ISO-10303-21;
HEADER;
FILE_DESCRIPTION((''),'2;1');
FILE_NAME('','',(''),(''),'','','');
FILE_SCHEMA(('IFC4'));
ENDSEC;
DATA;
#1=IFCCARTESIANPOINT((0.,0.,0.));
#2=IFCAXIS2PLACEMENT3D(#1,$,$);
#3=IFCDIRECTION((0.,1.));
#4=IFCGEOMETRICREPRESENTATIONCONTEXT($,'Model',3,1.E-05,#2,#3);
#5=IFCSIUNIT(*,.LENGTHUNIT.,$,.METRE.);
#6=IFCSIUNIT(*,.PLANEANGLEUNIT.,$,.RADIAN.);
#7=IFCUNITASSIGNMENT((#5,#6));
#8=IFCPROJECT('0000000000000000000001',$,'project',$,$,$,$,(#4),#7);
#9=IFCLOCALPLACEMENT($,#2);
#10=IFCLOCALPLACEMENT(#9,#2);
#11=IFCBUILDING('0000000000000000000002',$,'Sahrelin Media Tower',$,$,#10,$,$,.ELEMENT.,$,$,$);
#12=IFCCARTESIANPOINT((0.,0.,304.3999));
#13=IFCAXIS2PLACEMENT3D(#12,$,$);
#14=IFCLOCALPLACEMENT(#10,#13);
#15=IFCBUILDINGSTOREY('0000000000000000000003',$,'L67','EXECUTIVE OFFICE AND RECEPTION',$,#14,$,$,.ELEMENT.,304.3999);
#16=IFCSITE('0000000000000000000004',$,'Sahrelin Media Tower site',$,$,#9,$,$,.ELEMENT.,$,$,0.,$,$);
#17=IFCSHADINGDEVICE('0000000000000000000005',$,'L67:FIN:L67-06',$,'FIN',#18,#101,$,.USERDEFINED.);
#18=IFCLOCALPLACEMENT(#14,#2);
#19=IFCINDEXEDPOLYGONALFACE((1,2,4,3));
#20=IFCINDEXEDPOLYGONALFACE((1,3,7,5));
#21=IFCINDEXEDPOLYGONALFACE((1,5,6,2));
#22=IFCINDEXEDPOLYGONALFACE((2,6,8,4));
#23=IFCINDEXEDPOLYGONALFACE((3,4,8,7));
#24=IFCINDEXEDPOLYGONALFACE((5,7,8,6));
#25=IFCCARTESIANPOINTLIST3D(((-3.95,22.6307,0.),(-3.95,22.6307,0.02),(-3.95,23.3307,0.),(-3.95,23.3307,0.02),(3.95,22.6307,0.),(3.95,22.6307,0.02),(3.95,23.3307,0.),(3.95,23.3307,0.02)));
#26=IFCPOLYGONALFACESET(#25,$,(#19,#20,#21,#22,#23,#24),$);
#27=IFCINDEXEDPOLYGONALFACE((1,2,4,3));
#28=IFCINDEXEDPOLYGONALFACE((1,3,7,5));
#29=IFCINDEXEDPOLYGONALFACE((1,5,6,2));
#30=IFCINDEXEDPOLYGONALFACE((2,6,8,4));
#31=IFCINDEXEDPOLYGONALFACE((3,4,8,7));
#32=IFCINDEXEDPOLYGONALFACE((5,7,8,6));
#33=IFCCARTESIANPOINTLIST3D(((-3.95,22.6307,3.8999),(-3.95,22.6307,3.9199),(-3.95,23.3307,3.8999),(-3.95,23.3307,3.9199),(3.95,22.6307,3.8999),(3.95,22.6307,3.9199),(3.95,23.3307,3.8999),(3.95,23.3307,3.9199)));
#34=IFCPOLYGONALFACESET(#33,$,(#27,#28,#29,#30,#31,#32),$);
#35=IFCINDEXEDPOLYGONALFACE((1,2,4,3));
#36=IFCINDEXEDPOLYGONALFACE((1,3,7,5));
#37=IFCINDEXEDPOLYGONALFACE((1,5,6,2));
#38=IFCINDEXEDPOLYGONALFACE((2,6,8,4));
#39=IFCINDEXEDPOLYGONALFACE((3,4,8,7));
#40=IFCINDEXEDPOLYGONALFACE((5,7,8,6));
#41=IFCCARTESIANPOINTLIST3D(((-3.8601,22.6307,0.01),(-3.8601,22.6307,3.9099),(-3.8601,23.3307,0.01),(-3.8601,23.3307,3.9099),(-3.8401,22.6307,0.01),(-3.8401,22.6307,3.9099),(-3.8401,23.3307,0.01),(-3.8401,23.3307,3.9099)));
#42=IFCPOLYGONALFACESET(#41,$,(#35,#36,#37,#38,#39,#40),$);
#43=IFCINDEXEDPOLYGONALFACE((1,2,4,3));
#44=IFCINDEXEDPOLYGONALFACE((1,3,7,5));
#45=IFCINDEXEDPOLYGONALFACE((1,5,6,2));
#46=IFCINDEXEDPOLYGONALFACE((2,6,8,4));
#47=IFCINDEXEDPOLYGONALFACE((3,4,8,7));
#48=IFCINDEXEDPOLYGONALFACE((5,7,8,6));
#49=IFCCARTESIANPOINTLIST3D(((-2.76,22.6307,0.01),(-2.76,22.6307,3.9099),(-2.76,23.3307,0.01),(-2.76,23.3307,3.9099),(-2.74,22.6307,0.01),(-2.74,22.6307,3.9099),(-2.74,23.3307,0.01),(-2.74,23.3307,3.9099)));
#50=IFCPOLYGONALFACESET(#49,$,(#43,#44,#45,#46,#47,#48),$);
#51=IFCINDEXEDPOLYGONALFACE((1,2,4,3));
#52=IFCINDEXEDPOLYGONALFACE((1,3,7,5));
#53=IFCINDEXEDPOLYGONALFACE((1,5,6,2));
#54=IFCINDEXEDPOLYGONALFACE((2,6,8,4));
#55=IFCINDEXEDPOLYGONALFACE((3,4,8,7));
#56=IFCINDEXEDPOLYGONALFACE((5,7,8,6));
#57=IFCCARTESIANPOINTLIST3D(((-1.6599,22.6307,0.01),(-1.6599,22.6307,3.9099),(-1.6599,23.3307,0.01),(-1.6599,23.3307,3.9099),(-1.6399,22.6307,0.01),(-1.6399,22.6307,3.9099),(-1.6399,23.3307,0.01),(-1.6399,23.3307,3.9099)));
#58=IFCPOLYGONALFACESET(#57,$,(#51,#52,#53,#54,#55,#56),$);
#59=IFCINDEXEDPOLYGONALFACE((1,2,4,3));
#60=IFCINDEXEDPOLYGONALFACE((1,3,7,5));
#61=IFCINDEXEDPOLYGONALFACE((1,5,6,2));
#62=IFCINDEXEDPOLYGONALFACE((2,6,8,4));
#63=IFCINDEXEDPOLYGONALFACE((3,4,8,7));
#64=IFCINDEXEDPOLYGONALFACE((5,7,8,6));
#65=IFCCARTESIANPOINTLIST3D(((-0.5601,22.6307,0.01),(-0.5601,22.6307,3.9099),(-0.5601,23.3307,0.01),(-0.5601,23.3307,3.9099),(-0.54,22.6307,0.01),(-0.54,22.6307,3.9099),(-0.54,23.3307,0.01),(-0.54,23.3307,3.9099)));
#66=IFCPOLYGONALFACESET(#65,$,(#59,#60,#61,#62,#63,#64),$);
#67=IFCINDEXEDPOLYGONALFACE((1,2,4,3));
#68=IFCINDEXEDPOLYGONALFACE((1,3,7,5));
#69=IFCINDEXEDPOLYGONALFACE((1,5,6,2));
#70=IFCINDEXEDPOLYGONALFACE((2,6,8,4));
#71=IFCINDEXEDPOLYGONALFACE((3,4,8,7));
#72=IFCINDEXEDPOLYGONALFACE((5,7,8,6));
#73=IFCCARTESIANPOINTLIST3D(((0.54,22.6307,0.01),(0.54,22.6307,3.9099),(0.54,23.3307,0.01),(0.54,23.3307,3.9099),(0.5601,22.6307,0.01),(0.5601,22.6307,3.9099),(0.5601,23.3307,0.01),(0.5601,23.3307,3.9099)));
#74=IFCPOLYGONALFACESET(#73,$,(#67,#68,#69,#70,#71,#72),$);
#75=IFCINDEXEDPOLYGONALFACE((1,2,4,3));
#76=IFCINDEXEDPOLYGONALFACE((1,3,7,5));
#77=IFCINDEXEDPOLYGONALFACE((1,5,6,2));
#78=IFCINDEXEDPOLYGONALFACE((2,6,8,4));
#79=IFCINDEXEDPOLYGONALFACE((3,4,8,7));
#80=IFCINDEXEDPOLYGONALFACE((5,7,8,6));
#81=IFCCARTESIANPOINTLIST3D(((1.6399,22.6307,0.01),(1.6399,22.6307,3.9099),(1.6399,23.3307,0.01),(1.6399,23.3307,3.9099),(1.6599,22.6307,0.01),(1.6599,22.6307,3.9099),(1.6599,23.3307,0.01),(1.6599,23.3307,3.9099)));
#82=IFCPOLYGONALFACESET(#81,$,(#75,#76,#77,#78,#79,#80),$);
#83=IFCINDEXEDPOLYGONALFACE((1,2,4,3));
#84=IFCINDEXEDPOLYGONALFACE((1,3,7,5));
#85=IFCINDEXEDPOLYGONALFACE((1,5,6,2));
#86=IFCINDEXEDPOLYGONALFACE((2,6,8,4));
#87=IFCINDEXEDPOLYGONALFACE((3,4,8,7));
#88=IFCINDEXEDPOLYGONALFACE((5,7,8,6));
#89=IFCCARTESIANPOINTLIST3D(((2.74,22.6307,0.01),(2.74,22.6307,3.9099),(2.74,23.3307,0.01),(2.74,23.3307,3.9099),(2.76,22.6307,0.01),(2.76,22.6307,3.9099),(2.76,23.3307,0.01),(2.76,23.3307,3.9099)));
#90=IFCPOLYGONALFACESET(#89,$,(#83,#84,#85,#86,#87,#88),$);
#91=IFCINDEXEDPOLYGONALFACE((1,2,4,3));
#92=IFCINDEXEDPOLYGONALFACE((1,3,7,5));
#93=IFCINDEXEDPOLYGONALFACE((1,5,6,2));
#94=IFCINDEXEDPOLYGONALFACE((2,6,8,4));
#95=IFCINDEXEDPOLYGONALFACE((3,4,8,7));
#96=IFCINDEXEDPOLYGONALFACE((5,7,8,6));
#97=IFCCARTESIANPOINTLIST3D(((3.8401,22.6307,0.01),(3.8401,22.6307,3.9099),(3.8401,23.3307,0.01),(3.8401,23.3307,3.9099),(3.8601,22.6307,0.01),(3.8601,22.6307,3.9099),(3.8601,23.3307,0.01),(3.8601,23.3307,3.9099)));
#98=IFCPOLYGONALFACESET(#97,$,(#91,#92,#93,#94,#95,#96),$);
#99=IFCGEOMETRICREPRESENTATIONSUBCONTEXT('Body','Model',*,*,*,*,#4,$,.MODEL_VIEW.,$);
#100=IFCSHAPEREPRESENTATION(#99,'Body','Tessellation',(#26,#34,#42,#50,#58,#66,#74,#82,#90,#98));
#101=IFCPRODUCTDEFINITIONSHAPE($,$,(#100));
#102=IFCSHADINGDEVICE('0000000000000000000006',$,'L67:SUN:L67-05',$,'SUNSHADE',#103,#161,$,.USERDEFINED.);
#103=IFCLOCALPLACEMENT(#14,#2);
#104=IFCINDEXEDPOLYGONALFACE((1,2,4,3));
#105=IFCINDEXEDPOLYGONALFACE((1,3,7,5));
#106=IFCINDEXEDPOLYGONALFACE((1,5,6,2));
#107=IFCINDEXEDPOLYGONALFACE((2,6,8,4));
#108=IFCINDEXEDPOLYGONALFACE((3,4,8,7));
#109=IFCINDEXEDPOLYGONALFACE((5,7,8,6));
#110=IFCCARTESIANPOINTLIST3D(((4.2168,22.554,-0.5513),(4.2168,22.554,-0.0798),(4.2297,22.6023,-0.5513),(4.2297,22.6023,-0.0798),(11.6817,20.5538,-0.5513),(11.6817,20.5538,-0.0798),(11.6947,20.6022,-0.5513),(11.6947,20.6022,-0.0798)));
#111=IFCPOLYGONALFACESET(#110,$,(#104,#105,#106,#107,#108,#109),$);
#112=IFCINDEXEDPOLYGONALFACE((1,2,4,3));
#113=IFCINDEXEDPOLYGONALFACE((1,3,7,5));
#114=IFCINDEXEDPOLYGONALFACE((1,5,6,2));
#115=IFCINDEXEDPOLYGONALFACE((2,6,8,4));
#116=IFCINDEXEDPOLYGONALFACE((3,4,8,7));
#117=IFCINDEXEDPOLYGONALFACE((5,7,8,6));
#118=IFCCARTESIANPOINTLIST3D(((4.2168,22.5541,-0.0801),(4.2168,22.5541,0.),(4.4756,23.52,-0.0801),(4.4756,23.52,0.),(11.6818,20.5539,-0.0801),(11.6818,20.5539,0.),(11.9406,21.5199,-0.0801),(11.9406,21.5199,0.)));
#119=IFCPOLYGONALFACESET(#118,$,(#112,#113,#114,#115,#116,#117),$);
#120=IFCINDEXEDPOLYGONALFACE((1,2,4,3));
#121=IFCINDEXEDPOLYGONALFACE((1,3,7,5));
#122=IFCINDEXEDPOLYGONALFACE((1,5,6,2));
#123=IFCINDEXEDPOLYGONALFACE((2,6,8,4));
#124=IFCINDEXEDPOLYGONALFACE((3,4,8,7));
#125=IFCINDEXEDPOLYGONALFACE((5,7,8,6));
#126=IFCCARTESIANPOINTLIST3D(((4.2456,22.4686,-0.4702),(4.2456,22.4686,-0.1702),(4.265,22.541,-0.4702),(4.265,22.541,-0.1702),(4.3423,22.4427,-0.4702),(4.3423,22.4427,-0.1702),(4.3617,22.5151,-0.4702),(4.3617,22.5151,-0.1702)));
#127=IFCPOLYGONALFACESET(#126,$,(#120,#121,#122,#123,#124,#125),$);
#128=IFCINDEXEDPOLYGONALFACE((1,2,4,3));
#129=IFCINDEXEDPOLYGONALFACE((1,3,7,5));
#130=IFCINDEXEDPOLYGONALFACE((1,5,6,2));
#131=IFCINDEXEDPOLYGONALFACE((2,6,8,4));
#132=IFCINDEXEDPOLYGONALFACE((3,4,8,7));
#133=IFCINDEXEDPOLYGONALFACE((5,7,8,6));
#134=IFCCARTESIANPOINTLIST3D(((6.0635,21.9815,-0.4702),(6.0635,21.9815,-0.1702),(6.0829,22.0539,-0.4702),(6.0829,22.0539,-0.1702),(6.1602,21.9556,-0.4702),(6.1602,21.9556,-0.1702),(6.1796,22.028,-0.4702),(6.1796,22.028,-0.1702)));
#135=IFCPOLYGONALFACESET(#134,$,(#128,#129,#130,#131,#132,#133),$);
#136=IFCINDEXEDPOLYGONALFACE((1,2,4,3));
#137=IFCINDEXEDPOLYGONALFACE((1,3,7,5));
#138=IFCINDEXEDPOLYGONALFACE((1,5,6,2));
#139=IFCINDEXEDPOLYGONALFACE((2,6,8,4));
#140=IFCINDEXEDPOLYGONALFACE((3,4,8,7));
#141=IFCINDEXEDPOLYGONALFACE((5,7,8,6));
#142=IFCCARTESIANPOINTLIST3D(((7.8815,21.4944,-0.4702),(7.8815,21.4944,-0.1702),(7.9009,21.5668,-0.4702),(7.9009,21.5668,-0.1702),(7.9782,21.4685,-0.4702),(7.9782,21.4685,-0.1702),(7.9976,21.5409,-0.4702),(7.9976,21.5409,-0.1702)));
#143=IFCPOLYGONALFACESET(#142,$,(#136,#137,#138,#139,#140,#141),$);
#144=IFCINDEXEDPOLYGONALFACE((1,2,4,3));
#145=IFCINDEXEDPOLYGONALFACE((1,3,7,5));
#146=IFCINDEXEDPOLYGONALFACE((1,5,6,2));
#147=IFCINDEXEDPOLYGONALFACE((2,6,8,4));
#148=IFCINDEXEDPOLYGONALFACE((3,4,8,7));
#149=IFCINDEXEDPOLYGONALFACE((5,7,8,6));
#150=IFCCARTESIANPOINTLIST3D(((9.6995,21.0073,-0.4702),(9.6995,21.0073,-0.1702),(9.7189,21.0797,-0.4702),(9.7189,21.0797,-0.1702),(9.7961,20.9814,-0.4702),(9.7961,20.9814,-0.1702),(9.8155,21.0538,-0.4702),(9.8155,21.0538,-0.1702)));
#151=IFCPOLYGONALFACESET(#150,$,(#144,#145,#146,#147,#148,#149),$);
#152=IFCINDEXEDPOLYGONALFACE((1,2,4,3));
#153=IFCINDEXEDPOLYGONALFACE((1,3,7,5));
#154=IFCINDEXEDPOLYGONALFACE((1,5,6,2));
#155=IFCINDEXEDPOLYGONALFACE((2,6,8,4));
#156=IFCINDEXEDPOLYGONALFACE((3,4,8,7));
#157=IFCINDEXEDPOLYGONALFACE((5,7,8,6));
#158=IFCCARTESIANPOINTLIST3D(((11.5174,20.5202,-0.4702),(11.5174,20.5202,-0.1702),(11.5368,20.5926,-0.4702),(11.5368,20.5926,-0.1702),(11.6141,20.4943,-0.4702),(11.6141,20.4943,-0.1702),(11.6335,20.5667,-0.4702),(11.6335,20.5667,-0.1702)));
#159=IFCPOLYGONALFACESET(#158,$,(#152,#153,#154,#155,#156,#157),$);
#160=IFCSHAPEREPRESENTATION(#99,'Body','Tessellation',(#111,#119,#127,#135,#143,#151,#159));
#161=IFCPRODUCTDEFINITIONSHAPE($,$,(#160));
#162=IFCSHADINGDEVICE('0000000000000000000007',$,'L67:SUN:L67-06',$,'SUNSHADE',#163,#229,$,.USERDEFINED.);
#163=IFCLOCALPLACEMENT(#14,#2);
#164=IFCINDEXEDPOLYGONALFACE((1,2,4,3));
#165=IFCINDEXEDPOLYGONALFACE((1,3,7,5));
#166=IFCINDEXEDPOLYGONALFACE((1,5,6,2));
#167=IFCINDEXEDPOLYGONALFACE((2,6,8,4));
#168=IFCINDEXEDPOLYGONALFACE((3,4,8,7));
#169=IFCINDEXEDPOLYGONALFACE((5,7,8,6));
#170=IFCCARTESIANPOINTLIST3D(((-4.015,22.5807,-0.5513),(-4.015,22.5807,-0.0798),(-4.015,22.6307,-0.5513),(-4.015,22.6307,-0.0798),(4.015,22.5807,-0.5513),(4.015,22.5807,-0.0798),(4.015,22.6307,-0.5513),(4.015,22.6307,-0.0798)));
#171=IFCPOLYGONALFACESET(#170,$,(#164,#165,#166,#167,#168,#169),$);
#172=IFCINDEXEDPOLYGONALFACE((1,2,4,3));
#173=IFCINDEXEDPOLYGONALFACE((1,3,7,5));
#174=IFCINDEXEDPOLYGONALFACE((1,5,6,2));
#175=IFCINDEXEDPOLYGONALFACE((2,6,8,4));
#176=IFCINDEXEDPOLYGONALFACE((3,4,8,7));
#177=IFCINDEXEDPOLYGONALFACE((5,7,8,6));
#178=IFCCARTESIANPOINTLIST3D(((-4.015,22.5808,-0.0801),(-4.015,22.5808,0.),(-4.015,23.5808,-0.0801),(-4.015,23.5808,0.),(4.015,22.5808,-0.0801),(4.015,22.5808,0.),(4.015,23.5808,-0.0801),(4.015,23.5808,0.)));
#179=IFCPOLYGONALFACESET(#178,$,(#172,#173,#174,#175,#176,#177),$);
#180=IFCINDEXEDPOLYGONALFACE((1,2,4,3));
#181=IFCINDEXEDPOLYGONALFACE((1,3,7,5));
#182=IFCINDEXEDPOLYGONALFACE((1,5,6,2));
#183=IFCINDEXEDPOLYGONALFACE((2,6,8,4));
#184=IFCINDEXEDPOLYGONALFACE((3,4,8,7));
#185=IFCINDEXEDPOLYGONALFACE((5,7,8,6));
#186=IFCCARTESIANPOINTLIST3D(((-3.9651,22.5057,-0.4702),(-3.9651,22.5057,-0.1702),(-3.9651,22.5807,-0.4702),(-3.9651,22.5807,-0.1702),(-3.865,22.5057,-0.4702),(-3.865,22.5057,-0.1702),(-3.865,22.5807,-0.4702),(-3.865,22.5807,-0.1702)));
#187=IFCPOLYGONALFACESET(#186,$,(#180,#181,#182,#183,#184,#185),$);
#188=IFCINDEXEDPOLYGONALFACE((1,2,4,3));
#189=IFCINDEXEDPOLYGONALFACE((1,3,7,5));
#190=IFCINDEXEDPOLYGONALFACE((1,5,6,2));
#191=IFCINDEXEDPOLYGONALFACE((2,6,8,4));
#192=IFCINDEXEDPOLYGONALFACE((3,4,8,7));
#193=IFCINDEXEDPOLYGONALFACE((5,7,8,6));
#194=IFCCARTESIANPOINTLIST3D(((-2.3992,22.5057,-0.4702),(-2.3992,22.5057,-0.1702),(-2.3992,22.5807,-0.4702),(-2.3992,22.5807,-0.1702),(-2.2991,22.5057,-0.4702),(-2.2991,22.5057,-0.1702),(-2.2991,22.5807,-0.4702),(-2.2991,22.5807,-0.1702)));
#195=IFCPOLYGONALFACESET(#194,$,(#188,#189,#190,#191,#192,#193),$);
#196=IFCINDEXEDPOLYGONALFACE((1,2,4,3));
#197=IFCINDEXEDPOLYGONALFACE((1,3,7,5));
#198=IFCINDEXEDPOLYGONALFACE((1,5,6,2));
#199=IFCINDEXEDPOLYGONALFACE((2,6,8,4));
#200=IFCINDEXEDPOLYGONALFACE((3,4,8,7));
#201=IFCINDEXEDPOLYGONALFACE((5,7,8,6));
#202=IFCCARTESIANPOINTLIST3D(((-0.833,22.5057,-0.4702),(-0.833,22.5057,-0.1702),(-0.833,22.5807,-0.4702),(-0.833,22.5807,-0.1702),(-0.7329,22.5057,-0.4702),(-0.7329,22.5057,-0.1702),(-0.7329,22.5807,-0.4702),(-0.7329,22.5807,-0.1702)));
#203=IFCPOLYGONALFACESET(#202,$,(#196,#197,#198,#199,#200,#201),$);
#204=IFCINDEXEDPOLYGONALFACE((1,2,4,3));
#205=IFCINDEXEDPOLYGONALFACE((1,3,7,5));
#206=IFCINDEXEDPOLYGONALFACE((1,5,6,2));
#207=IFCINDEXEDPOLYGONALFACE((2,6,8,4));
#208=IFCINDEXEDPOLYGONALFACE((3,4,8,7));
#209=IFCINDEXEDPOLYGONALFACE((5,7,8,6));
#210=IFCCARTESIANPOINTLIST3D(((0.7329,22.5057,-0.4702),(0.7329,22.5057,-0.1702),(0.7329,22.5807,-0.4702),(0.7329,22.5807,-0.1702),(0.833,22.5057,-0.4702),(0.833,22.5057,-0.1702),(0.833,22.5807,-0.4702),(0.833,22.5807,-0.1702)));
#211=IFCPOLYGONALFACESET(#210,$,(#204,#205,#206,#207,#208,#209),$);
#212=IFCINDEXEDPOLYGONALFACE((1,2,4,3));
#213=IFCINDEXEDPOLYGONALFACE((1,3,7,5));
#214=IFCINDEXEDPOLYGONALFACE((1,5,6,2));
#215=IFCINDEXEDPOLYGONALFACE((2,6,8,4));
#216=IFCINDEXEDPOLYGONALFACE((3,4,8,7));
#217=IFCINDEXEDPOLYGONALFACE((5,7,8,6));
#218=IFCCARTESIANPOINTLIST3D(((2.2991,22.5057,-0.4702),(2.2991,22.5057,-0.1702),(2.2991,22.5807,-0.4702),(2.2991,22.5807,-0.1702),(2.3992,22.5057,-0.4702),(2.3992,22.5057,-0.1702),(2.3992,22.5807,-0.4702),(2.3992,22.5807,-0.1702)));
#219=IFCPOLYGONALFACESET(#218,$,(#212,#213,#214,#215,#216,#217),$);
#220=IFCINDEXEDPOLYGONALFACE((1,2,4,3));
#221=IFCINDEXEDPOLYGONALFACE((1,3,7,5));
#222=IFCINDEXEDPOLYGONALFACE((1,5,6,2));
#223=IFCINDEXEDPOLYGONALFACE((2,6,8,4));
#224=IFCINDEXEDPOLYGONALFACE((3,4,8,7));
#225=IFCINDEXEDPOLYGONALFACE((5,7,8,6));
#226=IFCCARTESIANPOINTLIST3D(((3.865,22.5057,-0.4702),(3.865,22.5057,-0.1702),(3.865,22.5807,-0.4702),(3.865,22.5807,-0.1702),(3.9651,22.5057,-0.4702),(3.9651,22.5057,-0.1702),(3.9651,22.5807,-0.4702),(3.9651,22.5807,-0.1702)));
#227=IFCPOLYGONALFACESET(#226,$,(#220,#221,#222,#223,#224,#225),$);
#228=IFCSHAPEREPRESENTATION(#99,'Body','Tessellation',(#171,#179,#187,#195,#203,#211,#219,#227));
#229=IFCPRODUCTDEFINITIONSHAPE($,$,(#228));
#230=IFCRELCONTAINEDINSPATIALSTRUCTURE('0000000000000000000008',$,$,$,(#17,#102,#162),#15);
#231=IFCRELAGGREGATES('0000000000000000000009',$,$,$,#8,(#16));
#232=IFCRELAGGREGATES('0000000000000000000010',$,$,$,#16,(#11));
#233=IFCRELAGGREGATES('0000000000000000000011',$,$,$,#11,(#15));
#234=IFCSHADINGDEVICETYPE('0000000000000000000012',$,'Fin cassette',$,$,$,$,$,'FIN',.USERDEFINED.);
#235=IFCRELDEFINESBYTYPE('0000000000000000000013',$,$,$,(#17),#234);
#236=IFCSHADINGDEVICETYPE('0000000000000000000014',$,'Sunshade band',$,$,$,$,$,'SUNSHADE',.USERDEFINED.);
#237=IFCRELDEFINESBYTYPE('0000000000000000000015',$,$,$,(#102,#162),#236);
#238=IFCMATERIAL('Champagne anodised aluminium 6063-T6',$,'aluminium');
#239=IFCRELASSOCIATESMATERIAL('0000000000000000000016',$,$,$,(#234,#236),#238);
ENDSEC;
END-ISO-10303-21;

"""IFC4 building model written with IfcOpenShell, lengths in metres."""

from ifc_helpers import new_model, si_unit, direction, frame, origin, origin_2d, place, context, subcontext, project, spatial, rectangle, extrude, material, type_object, element, save


model = new_model("IFC4")

# Units and contexts
model_context = context("Model", 3, precision=1e-05, world=origin(), true_north=direction((0.0, 1.0)))
body_context = subcontext(model_context, "Body", "Model", "MODEL_VIEW")
ifc_project = project(units=[si_unit("LENGTHUNIT", "METRE"), si_unit("PLANEANGLEUNIT", "RADIAN")], contexts=[model_context])

# Site, building, storey
site_placement = place(None, origin())
site = spatial("IfcSite", under=ifc_project, at=site_placement, Name="Sahrelin Media Tower site", CompositionType="ELEMENT", RefElevation=0.0)
building_placement = place(site_placement, origin())
building = spatial("IfcBuilding", under=site, at=building_placement, Name="Sahrelin Media Tower", CompositionType="ELEMENT")
storey_placement = place(building_placement, frame((0.0, 0.0, 304.3999)))
storey = spatial("IfcBuildingStorey", under=building, at=storey_placement, Name="L67", Description="EXECUTIVE OFFICE AND RECEPTION", CompositionType="ELEMENT", Elevation=304.3999)

# Shared definitions
ifc_material_1 = material(Name="Champagne anodised aluminium 6063-T6", Category="aluminium")
placement_1 = place(storey_placement, frame((0.0, 22.5608, 0.0), z_axis=(0.0, 0.0, 1.0), x_axis=(1.0, 0.0, 0.0)))

# Shading devices
shading_device_type_1 = type_object("IfcShadingDeviceType", Name="Fin cassette", ElementType="FIN", PredefinedType="USERDEFINED", material=ifc_material_1)
placement_2 = place(storey_placement, frame((7.9441, 21.5347, 0.0), z_axis=(0.0, 0.0, 1.0), x_axis=(0.965929, -0.258808, 0.0)))
element("IfcShadingDevice", 1, at=placement_1, inside=storey, type_object=shading_device_type_1, Name="L67:FIN:L67-06", ObjectType="FIN", PredefinedType="USERDEFINED", context=body_context, shape_type="SweptSolid", body=[
    extrude(rectangle(XDim=7.8999, YDim=0.7, at=origin_2d()), frame((0.0, 0.4199, 0.0)), (0.0, 0.0, 1.0), 0.02),
    extrude(rectangle(XDim=7.8999, YDim=0.7, at=origin_2d()), frame((0.0, 0.4199, 3.8999)), (0.0, 0.0, 1.0), 0.02),
    extrude(rectangle(XDim=0.02, YDim=0.7, at=origin_2d()), frame((-3.8501, 0.4199, 0.01), z_axis=(0.0, 0.0, 1.0), x_axis=(1.0, 0.0, 0.0)), (0.0, 0.0, 1.0), 3.8999),
    extrude(rectangle(XDim=0.02, YDim=0.7, at=origin_2d()), frame((-2.75, 0.4199, 0.01), z_axis=(0.0, 0.0, 1.0), x_axis=(1.0, 0.0, 0.0)), (0.0, 0.0, 1.0), 3.8999),
    extrude(rectangle(XDim=0.02, YDim=0.7, at=origin_2d()), frame((-1.6499, 0.4199, 0.01), z_axis=(0.0, 0.0, 1.0), x_axis=(1.0, 0.0, 0.0)), (0.0, 0.0, 1.0), 3.8999),
    extrude(rectangle(XDim=0.02, YDim=0.7, at=origin_2d()), frame((-0.55, 0.4199, 0.01), z_axis=(0.0, 0.0, 1.0), x_axis=(1.0, 0.0, 0.0)), (0.0, 0.0, 1.0), 3.8999),
    extrude(rectangle(XDim=0.02, YDim=0.7, at=origin_2d()), frame((0.55, 0.4199, 0.01), z_axis=(0.0, 0.0, 1.0), x_axis=(1.0, 0.0, 0.0)), (0.0, 0.0, 1.0), 3.8999),
    extrude(rectangle(XDim=0.02, YDim=0.7, at=origin_2d()), frame((1.6499, 0.4199, 0.01), z_axis=(0.0, 0.0, 1.0), x_axis=(1.0, 0.0, 0.0)), (0.0, 0.0, 1.0), 3.8999),
    extrude(rectangle(XDim=0.02, YDim=0.7, at=origin_2d()), frame((2.75, 0.4199, 0.01), z_axis=(0.0, 0.0, 1.0), x_axis=(1.0, 0.0, 0.0)), (0.0, 0.0, 1.0), 3.8999),
    extrude(rectangle(XDim=0.02, YDim=0.7, at=origin_2d()), frame((3.8501, 0.4199, 0.01), z_axis=(0.0, 0.0, 1.0), x_axis=(1.0, 0.0, 0.0)), (0.0, 0.0, 1.0), 3.8999),
])
shading_device_type_2 = type_object("IfcShadingDeviceType", Name="Sunshade band", ElementType="SUNSHADE", PredefinedType="USERDEFINED", material=ifc_material_1)
element("IfcShadingDevice", 2, at=placement_2, inside=storey, type_object=shading_device_type_2, Name="L67:SUN:L67-05", ObjectType="SUNSHADE", PredefinedType="USERDEFINED", context=body_context, shape_type="SweptSolid", body=[
    extrude(rectangle(XDim=7.7283, YDim=0.05, at=origin_2d()), frame((0.0, 0.0449, -0.5513)), (0.0, 0.0, 1.0), 0.4714),
    extrude(rectangle(XDim=7.7283, YDim=1.0, at=origin_2d()), frame((0.0, 0.52, -0.0801)), (0.0, 0.0, 1.0), 0.0801),
    extrude(rectangle(XDim=0.1001, YDim=0.075, at=origin_2d()), frame((-3.7642, -0.0176, -0.4702)), (0.0, 0.0, 1.0), 0.3),
    extrude(rectangle(XDim=0.1001, YDim=0.075, at=origin_2d()), frame((-1.8821, -0.0176, -0.4702)), (0.0, 0.0, 1.0), 0.3),
    extrude(rectangle(XDim=0.1001, YDim=0.075, at=origin_2d()), frame((0.0, -0.0176, -0.4702)), (0.0, 0.0, 1.0), 0.3),
    extrude(rectangle(XDim=0.1001, YDim=0.075, at=origin_2d()), frame((1.8821, -0.0176, -0.4702)), (0.0, 0.0, 1.0), 0.3),
    extrude(rectangle(XDim=0.1001, YDim=0.075, at=origin_2d()), frame((3.7642, -0.0176, -0.4702)), (0.0, 0.0, 1.0), 0.3),
])
element("IfcShadingDevice", 3, at=placement_1, inside=storey, type_object=shading_device_type_2, Name="L67:SUN:L67-06", ObjectType="SUNSHADE", PredefinedType="USERDEFINED", context=body_context, shape_type="SweptSolid", body=[
    extrude(rectangle(XDim=8.03, YDim=0.05, at=origin_2d()), frame((0.0, 0.0449, -0.5513)), (0.0, 0.0, 1.0), 0.4714),
    extrude(rectangle(XDim=8.03, YDim=1.0, at=origin_2d()), frame((0.0, 0.52, -0.0801)), (0.0, 0.0, 1.0), 0.0801),
    extrude(rectangle(XDim=0.1001, YDim=0.075, at=origin_2d()), frame((-3.915, -0.0176, -0.4702)), (0.0, 0.0, 1.0), 0.3),
    extrude(rectangle(XDim=0.1001, YDim=0.075, at=origin_2d()), frame((-2.3491, -0.0176, -0.4702)), (0.0, 0.0, 1.0), 0.3),
    extrude(rectangle(XDim=0.1001, YDim=0.075, at=origin_2d()), frame((-0.783, -0.0176, -0.4702)), (0.0, 0.0, 1.0), 0.3),
    extrude(rectangle(XDim=0.1001, YDim=0.075, at=origin_2d()), frame((0.783, -0.0176, -0.4702)), (0.0, 0.0, 1.0), 0.3),
    extrude(rectangle(XDim=0.1001, YDim=0.075, at=origin_2d()), frame((2.3491, -0.0176, -0.4702)), (0.0, 0.0, 1.0), 0.3),
    extrude(rectangle(XDim=0.1001, YDim=0.075, at=origin_2d()), frame((3.915, -0.0176, -0.4702)), (0.0, 0.0, 1.0), 0.3),
])

save(model, "model.ifc")
